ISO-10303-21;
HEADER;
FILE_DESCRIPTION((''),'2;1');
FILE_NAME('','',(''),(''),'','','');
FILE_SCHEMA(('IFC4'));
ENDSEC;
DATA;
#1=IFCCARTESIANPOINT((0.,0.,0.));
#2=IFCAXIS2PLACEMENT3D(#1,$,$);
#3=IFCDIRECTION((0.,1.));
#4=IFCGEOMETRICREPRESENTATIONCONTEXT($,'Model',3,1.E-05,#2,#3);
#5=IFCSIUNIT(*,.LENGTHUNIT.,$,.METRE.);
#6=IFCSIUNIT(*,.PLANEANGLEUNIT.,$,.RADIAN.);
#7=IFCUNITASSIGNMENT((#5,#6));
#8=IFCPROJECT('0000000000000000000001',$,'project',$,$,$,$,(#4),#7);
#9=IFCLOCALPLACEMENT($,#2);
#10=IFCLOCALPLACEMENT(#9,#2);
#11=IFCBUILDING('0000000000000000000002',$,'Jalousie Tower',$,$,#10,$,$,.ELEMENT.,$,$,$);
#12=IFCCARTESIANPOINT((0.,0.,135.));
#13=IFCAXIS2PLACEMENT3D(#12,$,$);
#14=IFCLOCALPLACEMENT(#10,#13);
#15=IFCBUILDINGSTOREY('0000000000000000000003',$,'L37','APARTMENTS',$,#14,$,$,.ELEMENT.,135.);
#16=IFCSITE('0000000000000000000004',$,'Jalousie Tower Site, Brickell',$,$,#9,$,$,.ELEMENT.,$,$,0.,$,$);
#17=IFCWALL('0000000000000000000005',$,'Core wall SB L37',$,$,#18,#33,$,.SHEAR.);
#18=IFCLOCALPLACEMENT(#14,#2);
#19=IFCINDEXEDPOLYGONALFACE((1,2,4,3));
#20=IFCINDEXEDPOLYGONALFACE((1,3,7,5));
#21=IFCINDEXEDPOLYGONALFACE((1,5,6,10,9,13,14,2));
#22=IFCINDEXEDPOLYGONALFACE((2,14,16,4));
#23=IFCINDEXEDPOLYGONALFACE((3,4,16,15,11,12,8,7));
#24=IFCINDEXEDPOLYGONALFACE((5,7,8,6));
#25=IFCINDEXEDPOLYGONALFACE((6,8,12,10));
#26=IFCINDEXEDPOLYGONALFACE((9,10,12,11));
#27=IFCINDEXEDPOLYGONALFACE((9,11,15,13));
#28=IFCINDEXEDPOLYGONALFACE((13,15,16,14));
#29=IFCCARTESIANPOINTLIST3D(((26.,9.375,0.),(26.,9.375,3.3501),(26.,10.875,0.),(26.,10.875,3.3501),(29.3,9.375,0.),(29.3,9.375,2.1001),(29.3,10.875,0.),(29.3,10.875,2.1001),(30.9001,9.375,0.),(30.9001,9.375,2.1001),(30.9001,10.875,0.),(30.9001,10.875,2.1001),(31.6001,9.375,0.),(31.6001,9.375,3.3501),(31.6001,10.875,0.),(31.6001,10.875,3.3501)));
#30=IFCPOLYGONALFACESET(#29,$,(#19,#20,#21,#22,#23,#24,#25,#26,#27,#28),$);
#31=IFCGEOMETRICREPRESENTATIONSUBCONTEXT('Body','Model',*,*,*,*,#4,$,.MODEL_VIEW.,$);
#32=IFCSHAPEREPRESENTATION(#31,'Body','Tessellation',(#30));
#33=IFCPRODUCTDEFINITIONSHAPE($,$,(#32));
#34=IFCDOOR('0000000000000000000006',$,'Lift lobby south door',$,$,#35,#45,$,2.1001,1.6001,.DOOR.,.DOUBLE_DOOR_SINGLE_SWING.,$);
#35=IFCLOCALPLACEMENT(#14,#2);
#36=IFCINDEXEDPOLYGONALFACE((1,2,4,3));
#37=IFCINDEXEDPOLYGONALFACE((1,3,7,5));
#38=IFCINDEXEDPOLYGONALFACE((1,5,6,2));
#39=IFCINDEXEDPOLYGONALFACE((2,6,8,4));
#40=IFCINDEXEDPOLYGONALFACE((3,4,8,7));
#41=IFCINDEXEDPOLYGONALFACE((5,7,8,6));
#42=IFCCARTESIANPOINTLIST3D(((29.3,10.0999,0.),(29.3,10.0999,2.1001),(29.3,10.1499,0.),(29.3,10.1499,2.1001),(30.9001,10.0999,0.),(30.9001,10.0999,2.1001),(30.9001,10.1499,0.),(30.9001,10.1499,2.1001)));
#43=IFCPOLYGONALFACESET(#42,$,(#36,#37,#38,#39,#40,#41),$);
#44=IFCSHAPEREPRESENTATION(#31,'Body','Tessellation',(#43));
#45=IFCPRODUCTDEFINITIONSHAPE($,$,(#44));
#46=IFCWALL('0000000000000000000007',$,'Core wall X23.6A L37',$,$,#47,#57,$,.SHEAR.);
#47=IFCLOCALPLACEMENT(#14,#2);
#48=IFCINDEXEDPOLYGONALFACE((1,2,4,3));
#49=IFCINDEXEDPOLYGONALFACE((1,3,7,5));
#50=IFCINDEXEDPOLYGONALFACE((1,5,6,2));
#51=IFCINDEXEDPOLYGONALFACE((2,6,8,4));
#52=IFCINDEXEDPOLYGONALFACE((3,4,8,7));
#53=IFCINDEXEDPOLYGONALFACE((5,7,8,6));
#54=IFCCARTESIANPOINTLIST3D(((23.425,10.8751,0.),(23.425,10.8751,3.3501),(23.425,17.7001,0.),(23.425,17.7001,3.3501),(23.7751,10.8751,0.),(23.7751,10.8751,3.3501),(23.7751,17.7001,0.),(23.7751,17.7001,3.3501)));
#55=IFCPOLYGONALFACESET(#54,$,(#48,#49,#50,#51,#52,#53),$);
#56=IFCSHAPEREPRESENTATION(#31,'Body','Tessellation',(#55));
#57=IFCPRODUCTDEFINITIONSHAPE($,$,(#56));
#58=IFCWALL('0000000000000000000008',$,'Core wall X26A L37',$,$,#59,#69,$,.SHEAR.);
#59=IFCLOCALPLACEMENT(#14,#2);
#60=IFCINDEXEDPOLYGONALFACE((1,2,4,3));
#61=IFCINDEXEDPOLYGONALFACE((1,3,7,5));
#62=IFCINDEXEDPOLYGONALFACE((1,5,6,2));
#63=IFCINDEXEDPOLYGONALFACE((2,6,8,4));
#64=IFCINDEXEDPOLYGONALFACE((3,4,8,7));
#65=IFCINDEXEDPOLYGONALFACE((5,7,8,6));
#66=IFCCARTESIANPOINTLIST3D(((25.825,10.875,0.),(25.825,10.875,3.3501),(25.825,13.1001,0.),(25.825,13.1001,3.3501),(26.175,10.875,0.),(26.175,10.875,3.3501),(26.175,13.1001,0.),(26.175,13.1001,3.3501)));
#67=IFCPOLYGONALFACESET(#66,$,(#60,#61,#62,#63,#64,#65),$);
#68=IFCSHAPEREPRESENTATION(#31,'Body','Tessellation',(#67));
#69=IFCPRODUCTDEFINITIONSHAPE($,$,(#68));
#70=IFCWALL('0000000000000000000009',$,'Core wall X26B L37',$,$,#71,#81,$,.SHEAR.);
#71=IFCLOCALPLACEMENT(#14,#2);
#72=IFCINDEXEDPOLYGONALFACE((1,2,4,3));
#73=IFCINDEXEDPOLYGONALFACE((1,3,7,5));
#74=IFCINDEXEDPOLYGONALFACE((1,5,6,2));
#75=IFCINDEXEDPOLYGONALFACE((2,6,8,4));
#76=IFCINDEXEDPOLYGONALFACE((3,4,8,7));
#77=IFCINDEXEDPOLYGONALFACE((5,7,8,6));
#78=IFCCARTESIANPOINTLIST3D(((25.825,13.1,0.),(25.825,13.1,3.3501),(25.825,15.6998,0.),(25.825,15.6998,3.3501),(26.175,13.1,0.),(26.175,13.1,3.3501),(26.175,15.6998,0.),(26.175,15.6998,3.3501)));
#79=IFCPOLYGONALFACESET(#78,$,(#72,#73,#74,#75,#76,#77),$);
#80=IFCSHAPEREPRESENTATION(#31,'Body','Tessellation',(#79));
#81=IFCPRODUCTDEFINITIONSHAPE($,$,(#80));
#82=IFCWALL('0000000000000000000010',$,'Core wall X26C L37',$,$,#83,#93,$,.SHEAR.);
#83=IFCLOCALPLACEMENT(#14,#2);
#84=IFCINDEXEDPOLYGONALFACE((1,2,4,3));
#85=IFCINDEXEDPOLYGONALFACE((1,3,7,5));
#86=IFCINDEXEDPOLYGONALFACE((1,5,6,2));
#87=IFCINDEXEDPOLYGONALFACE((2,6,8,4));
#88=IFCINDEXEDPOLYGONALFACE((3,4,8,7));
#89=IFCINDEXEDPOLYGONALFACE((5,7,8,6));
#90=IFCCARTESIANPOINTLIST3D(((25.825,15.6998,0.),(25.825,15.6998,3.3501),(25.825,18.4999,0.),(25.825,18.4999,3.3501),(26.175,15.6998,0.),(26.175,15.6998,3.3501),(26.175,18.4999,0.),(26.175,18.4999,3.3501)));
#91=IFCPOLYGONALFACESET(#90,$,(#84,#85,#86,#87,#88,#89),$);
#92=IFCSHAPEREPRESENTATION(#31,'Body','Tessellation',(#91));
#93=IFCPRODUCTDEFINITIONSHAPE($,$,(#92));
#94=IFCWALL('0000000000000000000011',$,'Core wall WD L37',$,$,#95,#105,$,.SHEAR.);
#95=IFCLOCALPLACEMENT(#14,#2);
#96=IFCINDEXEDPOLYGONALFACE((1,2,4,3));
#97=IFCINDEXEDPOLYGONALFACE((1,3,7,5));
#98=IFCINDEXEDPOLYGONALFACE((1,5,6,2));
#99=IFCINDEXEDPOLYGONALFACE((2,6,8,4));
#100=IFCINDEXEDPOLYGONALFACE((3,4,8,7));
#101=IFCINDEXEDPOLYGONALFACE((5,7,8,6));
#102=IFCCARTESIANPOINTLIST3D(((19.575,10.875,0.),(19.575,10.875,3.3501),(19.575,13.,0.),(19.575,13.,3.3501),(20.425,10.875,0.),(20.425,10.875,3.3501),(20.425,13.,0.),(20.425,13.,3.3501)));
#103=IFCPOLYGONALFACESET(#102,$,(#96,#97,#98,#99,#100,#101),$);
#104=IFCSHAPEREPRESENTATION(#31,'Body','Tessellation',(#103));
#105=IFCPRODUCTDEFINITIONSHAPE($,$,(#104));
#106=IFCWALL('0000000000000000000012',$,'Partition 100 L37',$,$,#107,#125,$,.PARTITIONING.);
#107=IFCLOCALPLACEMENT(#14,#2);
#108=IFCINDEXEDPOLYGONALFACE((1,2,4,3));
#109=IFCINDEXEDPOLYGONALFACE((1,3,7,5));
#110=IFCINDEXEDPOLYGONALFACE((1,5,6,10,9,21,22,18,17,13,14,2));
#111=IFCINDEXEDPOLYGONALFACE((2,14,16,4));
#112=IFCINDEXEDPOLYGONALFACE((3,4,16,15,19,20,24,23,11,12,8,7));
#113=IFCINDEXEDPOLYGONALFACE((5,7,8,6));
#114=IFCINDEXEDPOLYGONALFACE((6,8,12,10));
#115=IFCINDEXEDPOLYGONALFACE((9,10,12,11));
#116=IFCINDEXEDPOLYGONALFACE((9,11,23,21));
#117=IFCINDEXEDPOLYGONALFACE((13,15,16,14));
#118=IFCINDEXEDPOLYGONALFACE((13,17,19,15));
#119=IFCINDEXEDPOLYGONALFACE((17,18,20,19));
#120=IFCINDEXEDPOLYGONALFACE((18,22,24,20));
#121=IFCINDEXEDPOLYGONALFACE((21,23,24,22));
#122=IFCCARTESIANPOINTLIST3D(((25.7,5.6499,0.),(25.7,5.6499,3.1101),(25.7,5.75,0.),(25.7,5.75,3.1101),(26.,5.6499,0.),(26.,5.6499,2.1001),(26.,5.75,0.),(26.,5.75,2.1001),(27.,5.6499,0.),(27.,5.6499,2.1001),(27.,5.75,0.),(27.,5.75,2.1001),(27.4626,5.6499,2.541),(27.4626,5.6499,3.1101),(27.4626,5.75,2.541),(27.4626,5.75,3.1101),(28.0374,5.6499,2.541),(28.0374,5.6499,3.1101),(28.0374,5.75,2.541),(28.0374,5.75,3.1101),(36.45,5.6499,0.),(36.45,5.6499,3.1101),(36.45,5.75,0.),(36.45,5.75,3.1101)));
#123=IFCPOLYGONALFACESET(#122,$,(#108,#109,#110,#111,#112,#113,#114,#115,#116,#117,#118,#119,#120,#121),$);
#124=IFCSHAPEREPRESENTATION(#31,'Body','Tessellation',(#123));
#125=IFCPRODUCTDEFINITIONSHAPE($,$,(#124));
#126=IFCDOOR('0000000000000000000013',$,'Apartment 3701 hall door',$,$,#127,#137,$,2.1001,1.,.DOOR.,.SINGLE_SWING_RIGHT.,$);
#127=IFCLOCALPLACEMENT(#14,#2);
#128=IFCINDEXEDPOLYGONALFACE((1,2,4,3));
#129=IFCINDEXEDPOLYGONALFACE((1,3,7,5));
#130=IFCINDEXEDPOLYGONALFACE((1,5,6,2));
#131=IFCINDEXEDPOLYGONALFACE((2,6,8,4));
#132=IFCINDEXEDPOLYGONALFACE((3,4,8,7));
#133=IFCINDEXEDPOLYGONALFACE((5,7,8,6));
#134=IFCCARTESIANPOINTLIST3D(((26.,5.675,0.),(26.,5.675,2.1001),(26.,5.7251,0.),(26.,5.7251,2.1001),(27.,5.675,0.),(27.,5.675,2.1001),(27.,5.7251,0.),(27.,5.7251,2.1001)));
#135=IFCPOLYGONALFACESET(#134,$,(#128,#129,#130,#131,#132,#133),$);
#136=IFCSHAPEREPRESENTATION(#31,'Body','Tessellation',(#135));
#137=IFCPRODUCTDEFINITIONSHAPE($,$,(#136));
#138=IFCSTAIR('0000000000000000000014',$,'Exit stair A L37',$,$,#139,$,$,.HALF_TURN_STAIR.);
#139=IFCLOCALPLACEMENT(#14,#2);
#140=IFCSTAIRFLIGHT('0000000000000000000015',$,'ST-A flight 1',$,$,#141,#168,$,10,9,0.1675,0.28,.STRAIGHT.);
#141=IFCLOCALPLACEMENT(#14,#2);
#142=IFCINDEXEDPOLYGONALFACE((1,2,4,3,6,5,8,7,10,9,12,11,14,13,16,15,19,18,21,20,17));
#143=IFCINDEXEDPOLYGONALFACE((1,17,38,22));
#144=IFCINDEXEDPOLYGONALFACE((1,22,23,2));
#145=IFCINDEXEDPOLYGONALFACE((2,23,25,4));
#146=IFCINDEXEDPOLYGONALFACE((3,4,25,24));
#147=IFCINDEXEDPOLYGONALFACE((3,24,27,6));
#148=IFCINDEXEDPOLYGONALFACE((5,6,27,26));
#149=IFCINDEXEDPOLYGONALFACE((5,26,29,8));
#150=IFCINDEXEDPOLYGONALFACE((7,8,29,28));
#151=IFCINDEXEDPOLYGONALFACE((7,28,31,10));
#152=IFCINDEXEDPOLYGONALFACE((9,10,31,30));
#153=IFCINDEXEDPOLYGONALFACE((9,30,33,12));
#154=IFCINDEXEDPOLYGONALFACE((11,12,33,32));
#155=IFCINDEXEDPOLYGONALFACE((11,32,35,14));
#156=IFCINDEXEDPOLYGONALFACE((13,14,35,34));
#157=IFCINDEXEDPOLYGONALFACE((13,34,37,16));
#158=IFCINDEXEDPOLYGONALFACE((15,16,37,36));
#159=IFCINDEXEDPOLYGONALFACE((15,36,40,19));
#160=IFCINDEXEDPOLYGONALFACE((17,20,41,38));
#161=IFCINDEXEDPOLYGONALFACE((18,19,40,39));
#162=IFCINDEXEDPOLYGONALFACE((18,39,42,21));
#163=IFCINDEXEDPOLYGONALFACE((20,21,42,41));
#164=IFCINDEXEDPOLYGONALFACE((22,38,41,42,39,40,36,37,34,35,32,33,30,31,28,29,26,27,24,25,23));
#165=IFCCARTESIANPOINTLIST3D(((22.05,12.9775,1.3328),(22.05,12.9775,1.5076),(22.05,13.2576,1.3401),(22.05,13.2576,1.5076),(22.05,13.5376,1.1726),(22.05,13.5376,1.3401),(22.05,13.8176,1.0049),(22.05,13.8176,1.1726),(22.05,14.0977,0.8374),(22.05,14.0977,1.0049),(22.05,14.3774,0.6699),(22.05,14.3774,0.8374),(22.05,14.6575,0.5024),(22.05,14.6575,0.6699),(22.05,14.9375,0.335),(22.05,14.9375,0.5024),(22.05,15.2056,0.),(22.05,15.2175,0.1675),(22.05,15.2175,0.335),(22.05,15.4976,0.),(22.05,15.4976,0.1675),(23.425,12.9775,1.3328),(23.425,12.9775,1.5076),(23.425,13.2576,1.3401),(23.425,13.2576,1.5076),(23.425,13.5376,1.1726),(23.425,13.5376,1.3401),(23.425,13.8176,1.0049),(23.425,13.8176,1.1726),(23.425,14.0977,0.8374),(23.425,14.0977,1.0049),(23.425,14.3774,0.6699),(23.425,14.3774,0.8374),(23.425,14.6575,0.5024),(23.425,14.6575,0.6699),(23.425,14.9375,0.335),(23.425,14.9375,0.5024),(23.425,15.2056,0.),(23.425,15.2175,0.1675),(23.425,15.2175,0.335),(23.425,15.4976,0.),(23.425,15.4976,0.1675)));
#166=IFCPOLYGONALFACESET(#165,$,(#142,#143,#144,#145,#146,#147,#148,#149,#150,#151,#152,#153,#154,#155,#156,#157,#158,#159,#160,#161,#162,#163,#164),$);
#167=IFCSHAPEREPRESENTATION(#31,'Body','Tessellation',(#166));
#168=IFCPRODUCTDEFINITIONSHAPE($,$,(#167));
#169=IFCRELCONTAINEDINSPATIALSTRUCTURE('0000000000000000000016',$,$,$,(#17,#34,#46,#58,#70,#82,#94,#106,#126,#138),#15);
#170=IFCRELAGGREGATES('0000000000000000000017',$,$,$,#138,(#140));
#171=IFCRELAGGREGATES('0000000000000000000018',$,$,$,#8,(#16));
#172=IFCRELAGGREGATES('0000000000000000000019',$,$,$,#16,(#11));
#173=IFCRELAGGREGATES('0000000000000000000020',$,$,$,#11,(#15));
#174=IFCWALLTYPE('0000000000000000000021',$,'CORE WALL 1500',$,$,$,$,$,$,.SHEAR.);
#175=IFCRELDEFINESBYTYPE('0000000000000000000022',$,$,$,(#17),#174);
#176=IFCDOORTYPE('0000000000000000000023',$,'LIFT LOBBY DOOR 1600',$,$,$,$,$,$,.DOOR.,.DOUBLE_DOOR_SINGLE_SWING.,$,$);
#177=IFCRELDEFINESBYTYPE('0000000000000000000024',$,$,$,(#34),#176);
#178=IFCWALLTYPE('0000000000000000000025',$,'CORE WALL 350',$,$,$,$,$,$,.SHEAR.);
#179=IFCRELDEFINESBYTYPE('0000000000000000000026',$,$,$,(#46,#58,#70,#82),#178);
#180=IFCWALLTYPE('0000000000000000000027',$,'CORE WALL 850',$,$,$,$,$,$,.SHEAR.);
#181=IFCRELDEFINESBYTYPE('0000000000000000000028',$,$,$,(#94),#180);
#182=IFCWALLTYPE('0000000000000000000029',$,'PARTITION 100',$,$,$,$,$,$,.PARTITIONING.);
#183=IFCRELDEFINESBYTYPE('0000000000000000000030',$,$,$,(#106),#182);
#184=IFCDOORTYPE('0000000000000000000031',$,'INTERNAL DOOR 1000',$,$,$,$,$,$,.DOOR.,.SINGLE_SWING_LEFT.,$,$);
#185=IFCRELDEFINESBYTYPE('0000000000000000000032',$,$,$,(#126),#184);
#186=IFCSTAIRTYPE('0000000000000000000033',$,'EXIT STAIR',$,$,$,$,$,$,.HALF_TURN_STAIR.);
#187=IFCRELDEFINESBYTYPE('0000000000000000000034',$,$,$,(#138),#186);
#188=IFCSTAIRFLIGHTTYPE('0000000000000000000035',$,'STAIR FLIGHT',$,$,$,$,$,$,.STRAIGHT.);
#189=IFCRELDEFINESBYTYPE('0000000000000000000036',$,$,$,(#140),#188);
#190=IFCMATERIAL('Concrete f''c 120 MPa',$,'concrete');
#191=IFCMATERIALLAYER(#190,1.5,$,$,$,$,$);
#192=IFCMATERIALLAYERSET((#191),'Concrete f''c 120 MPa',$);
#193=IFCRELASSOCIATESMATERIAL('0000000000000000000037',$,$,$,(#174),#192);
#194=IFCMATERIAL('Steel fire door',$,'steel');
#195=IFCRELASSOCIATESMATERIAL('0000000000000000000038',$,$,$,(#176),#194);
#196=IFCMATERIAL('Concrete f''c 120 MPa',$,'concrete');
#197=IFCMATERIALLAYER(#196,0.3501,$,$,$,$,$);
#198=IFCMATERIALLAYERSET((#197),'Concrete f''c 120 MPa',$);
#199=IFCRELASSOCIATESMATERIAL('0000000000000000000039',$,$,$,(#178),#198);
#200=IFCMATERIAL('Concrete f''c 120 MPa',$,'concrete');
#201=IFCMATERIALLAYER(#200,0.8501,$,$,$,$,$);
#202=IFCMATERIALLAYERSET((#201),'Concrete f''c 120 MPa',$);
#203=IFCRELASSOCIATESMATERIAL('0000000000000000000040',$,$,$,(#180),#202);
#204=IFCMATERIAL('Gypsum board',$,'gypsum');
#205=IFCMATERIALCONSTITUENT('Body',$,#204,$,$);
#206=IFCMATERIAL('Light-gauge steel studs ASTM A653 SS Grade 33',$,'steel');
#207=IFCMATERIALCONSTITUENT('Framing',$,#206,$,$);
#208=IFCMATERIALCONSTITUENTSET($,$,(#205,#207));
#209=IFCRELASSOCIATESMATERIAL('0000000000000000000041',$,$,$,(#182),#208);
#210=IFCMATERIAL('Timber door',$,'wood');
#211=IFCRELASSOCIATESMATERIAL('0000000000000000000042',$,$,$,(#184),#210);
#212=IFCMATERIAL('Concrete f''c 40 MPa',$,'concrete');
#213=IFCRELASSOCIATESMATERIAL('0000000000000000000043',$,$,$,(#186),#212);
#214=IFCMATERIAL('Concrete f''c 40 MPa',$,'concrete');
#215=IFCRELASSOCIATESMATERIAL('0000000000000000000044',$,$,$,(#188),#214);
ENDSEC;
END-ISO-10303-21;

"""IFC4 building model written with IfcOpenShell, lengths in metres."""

from ifc_helpers import new_model, si_unit, direction, frame, frame_2d, origin, place, context, subcontext, project, spatial, polyline, rectangle, outline, extrude, material, layer, layer_set, constituent, constituent_set, type_object, element, fill, aggregate, save


model = new_model("IFC4")

# Units and contexts
model_context = context("Model", 3, precision=1e-05, world=origin(), true_north=direction((0.0, 1.0)))
body_context = subcontext(model_context, "Body", "Model", "MODEL_VIEW")
ifc_project = project(units=[si_unit("LENGTHUNIT", "METRE"), si_unit("PLANEANGLEUNIT", "RADIAN")], contexts=[model_context])

# Site, building, storey
site_placement = place(None, origin())
site = spatial("IfcSite", under=ifc_project, at=site_placement, Name="Jalousie Tower Site, Brickell", CompositionType="ELEMENT", RefElevation=0.0)
building_placement = place(site_placement, origin())
building = spatial("IfcBuilding", under=site, at=building_placement, Name="Jalousie Tower", CompositionType="ELEMENT")
storey_placement = place(building_placement, frame((0.0, 0.0, 135.0)))
storey = spatial("IfcBuildingStorey", under=building, at=storey_placement, Name="L37", Description="APARTMENTS", CompositionType="ELEMENT", Elevation=135.0)

# Wall, opening, door
ifc_material_1 = material(Name="Concrete f'c 120 MPa", Category="concrete")
ifc_layer_1 = layer(ifc_material_1, 1.5)
ifc_layer_set_1 = layer_set([ifc_layer_1], Name="Concrete f'c 120 MPa")
wall_type_1 = type_object("IfcWallType", Name="CORE WALL 1500", PredefinedType="SHEAR", material=ifc_layer_set_1)
wall_1_placement = place(storey_placement, frame((26.0, 10.125, 0.0), z_axis=(0.0, 0.0, 1.0), x_axis=(1.0, 0.0, 0.0)))
wall_1 = element("IfcWall", 1, at=wall_1_placement, inside=storey, type_object=wall_type_1, Name="Core wall SB L37", PredefinedType="SHEAR", context=body_context, shape_type="SweptSolid", body=[
    extrude(rectangle(XDim=5.6001, YDim=1.5, at=frame_2d((2.8, 0.0))), origin(), (0.0, 0.0, 1.0), 3.3501),
])
opening_1_placement = place(wall_1_placement, frame((3.3, 0.0, 0.0)))
opening_1 = element("IfcOpeningElement", 2, at=opening_1_placement, cuts=wall_1, PredefinedType="OPENING", context=body_context, shape_type="SweptSolid", body=[
    extrude(rectangle(XDim=1.6001, YDim=2.1001, at=frame_2d((0.8, 1.05))), frame((0.0, 0.76, 0.0), z_axis=(0.0, -1.0, 0.0), x_axis=(1.0, 0.0, 0.0)), (0.0, 0.0, 1.0), 1.52),
])
ifc_material_2 = material(Name="Steel fire door", Category="steel")
door_type_1 = type_object("IfcDoorType", Name="LIFT LOBBY DOOR 1600", OperationType="DOUBLE_DOOR_SINGLE_SWING", PredefinedType="DOOR", material=ifc_material_2)
door_1_placement = place(opening_1_placement, origin())
door_1 = element("IfcDoor", 3, at=door_1_placement, inside=storey, type_object=door_type_1, Name="Lift lobby south door", OperationType="DOUBLE_DOOR_SINGLE_SWING", OverallHeight=2.1001, OverallWidth=1.6001, PredefinedType="DOOR", context=body_context, shape_type="SweptSolid", body=[
    extrude(rectangle(XDim=1.6001, YDim=2.1001, at=frame_2d((0.8, 1.05))), frame((0.0, 0.0249, 0.0), z_axis=(0.0, -1.0, 0.0), x_axis=(1.0, 0.0, 0.0)), (0.0, 0.0, 1.0), 0.05),
])
fill(opening_1, door_1)

# Walls
ifc_material_3 = material(Name="Concrete f'c 120 MPa", Category="concrete")
ifc_layer_2 = layer(ifc_material_3, 0.3501)
ifc_layer_set_2 = layer_set([ifc_layer_2], Name="Concrete f'c 120 MPa")
wall_type_2 = type_object("IfcWallType", Name="CORE WALL 350", PredefinedType="SHEAR", material=ifc_layer_set_2)
wall_2_placement = place(storey_placement, frame((23.6001, 10.875, 0.0), z_axis=(0.0, 0.0, 1.0), x_axis=(0.0, 1.0, 0.0)))
element("IfcWall", 4, at=wall_2_placement, inside=storey, type_object=wall_type_2, Name="Core wall X23.6A L37", PredefinedType="SHEAR", context=body_context, shape_type="SweptSolid", body=[
    extrude(rectangle(XDim=6.825, YDim=0.3501, at=frame_2d((3.4126, 0.0))), origin(), (0.0, 0.0, 1.0), 3.3501),
])
wall_3_placement = place(storey_placement, frame((26.0, 10.875, 0.0), z_axis=(0.0, 0.0, 1.0), x_axis=(0.0, 1.0, 0.0)))
element("IfcWall", 5, at=wall_3_placement, inside=storey, type_object=wall_type_2, Name="Core wall X26A L37", PredefinedType="SHEAR", context=body_context, shape_type="SweptSolid", body=[
    extrude(rectangle(XDim=2.2251, YDim=0.3501, at=frame_2d((1.1125, 0.0))), origin(), (0.0, 0.0, 1.0), 3.3501),
])
wall_4_placement = place(storey_placement, frame((26.0, 13.1001, 0.0), z_axis=(0.0, 0.0, 1.0), x_axis=(0.0, 1.0, 0.0)))
element("IfcWall", 6, at=wall_4_placement, inside=storey, type_object=wall_type_2, Name="Core wall X26B L37", PredefinedType="SHEAR", context=body_context, shape_type="SweptSolid", body=[
    extrude(rectangle(XDim=2.5999, YDim=0.3501, at=frame_2d((1.2998, 0.0))), origin(), (0.0, 0.0, 1.0), 3.3501),
])
wall_5_placement = place(storey_placement, frame((26.0, 15.7, 0.0), z_axis=(0.0, 0.0, 1.0), x_axis=(0.0, 1.0, 0.0)))
element("IfcWall", 7, at=wall_5_placement, inside=storey, type_object=wall_type_2, Name="Core wall X26C L37", PredefinedType="SHEAR", context=body_context, shape_type="SweptSolid", body=[
    extrude(rectangle(XDim=2.8, YDim=0.3501, at=frame_2d((1.3999, 0.0))), origin(), (0.0, 0.0, 1.0), 3.3501),
])
ifc_material_4 = material(Name="Concrete f'c 120 MPa", Category="concrete")
ifc_layer_3 = layer(ifc_material_4, 0.8501)
ifc_layer_set_3 = layer_set([ifc_layer_3], Name="Concrete f'c 120 MPa")
wall_type_3 = type_object("IfcWallType", Name="CORE WALL 850", PredefinedType="SHEAR", material=ifc_layer_set_3)
wall_6_placement = place(storey_placement, frame((20.0, 13.0, 0.0), z_axis=(0.0, 0.0, 1.0), x_axis=(0.0, -1.0, 0.0)))
element("IfcWall", 8, at=wall_6_placement, inside=storey, type_object=wall_type_3, Name="Core wall WD L37", PredefinedType="SHEAR", context=body_context, shape_type="SweptSolid", body=[
    extrude(rectangle(XDim=2.125, YDim=0.8501, at=frame_2d((1.0625, 0.0))), origin(), (0.0, 0.0, 1.0), 3.3501),
])

# Wall, opening, door
ifc_material_5 = material(Name="Gypsum board", Category="gypsum")
ifc_constituent_1 = constituent(ifc_material_5, Name="Body")
ifc_material_6 = material(Name="Light-gauge steel studs ASTM A653 SS Grade 33", Category="steel")
ifc_constituent_2 = constituent(ifc_material_6, Name="Framing")
ifc_constituent_set_1 = constituent_set(constituents=[ifc_constituent_1, ifc_constituent_2])
wall_type_4 = type_object("IfcWallType", Name="PARTITION 100", PredefinedType="PARTITIONING", material=ifc_constituent_set_1)
wall_7_placement = place(storey_placement, frame((25.7, 5.7, 0.0), z_axis=(0.0, 0.0, 1.0), x_axis=(1.0, 0.0, 0.0)))
wall_7 = element("IfcWall", 9, at=wall_7_placement, inside=storey, type_object=wall_type_4, Name="Partition 100 L37", PredefinedType="PARTITIONING", context=body_context, shape_type="SweptSolid", body=[
    extrude(outline(polyline([(0.0, 0.0), (10.75, 0.0), (10.75, 3.1101), (2.3374, 3.1101), (2.3374, 2.541), (1.7627, 2.541), (1.7627, 3.1101), (0.0, 3.1101), (0.0, 0.0)])), frame((0.0, 0.05, 0.0), z_axis=(0.0, -1.0, 0.0), x_axis=(1.0, 0.0, 0.0)), (0.0, 0.0, 1.0), 0.1001),
])
opening_2_placement = place(wall_7_placement, frame((0.3, 0.0, 0.0)))
opening_2 = element("IfcOpeningElement", 10, at=opening_2_placement, cuts=wall_7, PredefinedType="OPENING", context=body_context, shape_type="SweptSolid", body=[
    extrude(rectangle(XDim=1.0, YDim=2.1001, at=frame_2d((0.5, 1.05))), frame((0.0, 0.0601, 0.0), z_axis=(0.0, -1.0, 0.0), x_axis=(1.0, 0.0, 0.0)), (0.0, 0.0, 1.0), 0.1201),
])
ifc_material_7 = material(Name="Timber door", Category="wood")
door_type_2 = type_object("IfcDoorType", Name="INTERNAL DOOR 1000", OperationType="SINGLE_SWING_LEFT", PredefinedType="DOOR", material=ifc_material_7)
door_2_placement = place(opening_2_placement, frame((1.0, 0.0, 0.0), z_axis=(0.0, 0.0, 1.0), x_axis=(-1.0, 0.0, 0.0)))
door_2 = element("IfcDoor", 11, at=door_2_placement, inside=storey, type_object=door_type_2, Name="Apartment 3701 hall door", OperationType="SINGLE_SWING_RIGHT", OverallHeight=2.1001, OverallWidth=1.0, PredefinedType="DOOR", context=body_context, shape_type="SweptSolid", body=[
    extrude(rectangle(XDim=1.0, YDim=2.1001, at=frame_2d((0.5, 1.05))), frame((0.0, 0.0249, 0.0), z_axis=(0.0, -1.0, 0.0), x_axis=(1.0, 0.0, 0.0)), (0.0, 0.0, 1.0), 0.05),
])
fill(opening_2, door_2)

# Stair, stair flight
ifc_material_8 = material(Name="Concrete f'c 40 MPa", Category="concrete")
stair_type = type_object("IfcStairType", Name="EXIT STAIR", PredefinedType="HALF_TURN_STAIR", material=ifc_material_8)
stair_placement = place(storey_placement, origin())
stair = element("IfcStair", 12, at=stair_placement, inside=storey, type_object=stair_type, Name="Exit stair A L37", PredefinedType="HALF_TURN_STAIR")
ifc_material_9 = material(Name="Concrete f'c 40 MPa", Category="concrete")
stair_flight_type = type_object("IfcStairFlightType", Name="STAIR FLIGHT", PredefinedType="STRAIGHT", material=ifc_material_9)
stair_flight_1_placement = place(storey_placement, frame((22.7375, 15.4976, 0.0), z_axis=(0.0, 0.0, 1.0), x_axis=(0.0, -1.0, 0.0)))
stair_flight_1 = element("IfcStairFlight", 13, at=stair_flight_1_placement, type_object=stair_flight_type, Name="ST-A flight 1", NumberOfRisers=10, NumberOfTreads=9, PredefinedType="STRAIGHT", RiserHeight=0.1675, TreadLength=0.28, context=body_context, shape_type="SweptSolid", body=[
    extrude(outline(polyline([(0.0, 0.0), (0.0, 0.1675), (0.28, 0.1675), (0.28, 0.335), (0.5601, 0.335), (0.5601, 0.5024), (0.8401, 0.5024), (0.8401, 0.6699), (1.1201, 0.6699), (1.1201, 0.8374), (1.3999, 0.8374), (1.3999, 1.0049), (1.6799, 1.0049), (1.6799, 1.1726), (1.96, 1.1726), (1.96, 1.3401), (2.24, 1.3401), (2.24, 1.5076), (2.52, 1.5076), (2.52, 1.675), (2.52, 1.3328), (0.292, 0.0), (0.0, 0.0)])), frame((0.0, 0.6875, 0.0), z_axis=(0.0, -1.0, 0.0), x_axis=(1.0, 0.0, 0.0)), (0.0, 0.0, 1.0), 1.375),
])
aggregate(stair, [stair_flight_1])

save(model, "model.ifc")
